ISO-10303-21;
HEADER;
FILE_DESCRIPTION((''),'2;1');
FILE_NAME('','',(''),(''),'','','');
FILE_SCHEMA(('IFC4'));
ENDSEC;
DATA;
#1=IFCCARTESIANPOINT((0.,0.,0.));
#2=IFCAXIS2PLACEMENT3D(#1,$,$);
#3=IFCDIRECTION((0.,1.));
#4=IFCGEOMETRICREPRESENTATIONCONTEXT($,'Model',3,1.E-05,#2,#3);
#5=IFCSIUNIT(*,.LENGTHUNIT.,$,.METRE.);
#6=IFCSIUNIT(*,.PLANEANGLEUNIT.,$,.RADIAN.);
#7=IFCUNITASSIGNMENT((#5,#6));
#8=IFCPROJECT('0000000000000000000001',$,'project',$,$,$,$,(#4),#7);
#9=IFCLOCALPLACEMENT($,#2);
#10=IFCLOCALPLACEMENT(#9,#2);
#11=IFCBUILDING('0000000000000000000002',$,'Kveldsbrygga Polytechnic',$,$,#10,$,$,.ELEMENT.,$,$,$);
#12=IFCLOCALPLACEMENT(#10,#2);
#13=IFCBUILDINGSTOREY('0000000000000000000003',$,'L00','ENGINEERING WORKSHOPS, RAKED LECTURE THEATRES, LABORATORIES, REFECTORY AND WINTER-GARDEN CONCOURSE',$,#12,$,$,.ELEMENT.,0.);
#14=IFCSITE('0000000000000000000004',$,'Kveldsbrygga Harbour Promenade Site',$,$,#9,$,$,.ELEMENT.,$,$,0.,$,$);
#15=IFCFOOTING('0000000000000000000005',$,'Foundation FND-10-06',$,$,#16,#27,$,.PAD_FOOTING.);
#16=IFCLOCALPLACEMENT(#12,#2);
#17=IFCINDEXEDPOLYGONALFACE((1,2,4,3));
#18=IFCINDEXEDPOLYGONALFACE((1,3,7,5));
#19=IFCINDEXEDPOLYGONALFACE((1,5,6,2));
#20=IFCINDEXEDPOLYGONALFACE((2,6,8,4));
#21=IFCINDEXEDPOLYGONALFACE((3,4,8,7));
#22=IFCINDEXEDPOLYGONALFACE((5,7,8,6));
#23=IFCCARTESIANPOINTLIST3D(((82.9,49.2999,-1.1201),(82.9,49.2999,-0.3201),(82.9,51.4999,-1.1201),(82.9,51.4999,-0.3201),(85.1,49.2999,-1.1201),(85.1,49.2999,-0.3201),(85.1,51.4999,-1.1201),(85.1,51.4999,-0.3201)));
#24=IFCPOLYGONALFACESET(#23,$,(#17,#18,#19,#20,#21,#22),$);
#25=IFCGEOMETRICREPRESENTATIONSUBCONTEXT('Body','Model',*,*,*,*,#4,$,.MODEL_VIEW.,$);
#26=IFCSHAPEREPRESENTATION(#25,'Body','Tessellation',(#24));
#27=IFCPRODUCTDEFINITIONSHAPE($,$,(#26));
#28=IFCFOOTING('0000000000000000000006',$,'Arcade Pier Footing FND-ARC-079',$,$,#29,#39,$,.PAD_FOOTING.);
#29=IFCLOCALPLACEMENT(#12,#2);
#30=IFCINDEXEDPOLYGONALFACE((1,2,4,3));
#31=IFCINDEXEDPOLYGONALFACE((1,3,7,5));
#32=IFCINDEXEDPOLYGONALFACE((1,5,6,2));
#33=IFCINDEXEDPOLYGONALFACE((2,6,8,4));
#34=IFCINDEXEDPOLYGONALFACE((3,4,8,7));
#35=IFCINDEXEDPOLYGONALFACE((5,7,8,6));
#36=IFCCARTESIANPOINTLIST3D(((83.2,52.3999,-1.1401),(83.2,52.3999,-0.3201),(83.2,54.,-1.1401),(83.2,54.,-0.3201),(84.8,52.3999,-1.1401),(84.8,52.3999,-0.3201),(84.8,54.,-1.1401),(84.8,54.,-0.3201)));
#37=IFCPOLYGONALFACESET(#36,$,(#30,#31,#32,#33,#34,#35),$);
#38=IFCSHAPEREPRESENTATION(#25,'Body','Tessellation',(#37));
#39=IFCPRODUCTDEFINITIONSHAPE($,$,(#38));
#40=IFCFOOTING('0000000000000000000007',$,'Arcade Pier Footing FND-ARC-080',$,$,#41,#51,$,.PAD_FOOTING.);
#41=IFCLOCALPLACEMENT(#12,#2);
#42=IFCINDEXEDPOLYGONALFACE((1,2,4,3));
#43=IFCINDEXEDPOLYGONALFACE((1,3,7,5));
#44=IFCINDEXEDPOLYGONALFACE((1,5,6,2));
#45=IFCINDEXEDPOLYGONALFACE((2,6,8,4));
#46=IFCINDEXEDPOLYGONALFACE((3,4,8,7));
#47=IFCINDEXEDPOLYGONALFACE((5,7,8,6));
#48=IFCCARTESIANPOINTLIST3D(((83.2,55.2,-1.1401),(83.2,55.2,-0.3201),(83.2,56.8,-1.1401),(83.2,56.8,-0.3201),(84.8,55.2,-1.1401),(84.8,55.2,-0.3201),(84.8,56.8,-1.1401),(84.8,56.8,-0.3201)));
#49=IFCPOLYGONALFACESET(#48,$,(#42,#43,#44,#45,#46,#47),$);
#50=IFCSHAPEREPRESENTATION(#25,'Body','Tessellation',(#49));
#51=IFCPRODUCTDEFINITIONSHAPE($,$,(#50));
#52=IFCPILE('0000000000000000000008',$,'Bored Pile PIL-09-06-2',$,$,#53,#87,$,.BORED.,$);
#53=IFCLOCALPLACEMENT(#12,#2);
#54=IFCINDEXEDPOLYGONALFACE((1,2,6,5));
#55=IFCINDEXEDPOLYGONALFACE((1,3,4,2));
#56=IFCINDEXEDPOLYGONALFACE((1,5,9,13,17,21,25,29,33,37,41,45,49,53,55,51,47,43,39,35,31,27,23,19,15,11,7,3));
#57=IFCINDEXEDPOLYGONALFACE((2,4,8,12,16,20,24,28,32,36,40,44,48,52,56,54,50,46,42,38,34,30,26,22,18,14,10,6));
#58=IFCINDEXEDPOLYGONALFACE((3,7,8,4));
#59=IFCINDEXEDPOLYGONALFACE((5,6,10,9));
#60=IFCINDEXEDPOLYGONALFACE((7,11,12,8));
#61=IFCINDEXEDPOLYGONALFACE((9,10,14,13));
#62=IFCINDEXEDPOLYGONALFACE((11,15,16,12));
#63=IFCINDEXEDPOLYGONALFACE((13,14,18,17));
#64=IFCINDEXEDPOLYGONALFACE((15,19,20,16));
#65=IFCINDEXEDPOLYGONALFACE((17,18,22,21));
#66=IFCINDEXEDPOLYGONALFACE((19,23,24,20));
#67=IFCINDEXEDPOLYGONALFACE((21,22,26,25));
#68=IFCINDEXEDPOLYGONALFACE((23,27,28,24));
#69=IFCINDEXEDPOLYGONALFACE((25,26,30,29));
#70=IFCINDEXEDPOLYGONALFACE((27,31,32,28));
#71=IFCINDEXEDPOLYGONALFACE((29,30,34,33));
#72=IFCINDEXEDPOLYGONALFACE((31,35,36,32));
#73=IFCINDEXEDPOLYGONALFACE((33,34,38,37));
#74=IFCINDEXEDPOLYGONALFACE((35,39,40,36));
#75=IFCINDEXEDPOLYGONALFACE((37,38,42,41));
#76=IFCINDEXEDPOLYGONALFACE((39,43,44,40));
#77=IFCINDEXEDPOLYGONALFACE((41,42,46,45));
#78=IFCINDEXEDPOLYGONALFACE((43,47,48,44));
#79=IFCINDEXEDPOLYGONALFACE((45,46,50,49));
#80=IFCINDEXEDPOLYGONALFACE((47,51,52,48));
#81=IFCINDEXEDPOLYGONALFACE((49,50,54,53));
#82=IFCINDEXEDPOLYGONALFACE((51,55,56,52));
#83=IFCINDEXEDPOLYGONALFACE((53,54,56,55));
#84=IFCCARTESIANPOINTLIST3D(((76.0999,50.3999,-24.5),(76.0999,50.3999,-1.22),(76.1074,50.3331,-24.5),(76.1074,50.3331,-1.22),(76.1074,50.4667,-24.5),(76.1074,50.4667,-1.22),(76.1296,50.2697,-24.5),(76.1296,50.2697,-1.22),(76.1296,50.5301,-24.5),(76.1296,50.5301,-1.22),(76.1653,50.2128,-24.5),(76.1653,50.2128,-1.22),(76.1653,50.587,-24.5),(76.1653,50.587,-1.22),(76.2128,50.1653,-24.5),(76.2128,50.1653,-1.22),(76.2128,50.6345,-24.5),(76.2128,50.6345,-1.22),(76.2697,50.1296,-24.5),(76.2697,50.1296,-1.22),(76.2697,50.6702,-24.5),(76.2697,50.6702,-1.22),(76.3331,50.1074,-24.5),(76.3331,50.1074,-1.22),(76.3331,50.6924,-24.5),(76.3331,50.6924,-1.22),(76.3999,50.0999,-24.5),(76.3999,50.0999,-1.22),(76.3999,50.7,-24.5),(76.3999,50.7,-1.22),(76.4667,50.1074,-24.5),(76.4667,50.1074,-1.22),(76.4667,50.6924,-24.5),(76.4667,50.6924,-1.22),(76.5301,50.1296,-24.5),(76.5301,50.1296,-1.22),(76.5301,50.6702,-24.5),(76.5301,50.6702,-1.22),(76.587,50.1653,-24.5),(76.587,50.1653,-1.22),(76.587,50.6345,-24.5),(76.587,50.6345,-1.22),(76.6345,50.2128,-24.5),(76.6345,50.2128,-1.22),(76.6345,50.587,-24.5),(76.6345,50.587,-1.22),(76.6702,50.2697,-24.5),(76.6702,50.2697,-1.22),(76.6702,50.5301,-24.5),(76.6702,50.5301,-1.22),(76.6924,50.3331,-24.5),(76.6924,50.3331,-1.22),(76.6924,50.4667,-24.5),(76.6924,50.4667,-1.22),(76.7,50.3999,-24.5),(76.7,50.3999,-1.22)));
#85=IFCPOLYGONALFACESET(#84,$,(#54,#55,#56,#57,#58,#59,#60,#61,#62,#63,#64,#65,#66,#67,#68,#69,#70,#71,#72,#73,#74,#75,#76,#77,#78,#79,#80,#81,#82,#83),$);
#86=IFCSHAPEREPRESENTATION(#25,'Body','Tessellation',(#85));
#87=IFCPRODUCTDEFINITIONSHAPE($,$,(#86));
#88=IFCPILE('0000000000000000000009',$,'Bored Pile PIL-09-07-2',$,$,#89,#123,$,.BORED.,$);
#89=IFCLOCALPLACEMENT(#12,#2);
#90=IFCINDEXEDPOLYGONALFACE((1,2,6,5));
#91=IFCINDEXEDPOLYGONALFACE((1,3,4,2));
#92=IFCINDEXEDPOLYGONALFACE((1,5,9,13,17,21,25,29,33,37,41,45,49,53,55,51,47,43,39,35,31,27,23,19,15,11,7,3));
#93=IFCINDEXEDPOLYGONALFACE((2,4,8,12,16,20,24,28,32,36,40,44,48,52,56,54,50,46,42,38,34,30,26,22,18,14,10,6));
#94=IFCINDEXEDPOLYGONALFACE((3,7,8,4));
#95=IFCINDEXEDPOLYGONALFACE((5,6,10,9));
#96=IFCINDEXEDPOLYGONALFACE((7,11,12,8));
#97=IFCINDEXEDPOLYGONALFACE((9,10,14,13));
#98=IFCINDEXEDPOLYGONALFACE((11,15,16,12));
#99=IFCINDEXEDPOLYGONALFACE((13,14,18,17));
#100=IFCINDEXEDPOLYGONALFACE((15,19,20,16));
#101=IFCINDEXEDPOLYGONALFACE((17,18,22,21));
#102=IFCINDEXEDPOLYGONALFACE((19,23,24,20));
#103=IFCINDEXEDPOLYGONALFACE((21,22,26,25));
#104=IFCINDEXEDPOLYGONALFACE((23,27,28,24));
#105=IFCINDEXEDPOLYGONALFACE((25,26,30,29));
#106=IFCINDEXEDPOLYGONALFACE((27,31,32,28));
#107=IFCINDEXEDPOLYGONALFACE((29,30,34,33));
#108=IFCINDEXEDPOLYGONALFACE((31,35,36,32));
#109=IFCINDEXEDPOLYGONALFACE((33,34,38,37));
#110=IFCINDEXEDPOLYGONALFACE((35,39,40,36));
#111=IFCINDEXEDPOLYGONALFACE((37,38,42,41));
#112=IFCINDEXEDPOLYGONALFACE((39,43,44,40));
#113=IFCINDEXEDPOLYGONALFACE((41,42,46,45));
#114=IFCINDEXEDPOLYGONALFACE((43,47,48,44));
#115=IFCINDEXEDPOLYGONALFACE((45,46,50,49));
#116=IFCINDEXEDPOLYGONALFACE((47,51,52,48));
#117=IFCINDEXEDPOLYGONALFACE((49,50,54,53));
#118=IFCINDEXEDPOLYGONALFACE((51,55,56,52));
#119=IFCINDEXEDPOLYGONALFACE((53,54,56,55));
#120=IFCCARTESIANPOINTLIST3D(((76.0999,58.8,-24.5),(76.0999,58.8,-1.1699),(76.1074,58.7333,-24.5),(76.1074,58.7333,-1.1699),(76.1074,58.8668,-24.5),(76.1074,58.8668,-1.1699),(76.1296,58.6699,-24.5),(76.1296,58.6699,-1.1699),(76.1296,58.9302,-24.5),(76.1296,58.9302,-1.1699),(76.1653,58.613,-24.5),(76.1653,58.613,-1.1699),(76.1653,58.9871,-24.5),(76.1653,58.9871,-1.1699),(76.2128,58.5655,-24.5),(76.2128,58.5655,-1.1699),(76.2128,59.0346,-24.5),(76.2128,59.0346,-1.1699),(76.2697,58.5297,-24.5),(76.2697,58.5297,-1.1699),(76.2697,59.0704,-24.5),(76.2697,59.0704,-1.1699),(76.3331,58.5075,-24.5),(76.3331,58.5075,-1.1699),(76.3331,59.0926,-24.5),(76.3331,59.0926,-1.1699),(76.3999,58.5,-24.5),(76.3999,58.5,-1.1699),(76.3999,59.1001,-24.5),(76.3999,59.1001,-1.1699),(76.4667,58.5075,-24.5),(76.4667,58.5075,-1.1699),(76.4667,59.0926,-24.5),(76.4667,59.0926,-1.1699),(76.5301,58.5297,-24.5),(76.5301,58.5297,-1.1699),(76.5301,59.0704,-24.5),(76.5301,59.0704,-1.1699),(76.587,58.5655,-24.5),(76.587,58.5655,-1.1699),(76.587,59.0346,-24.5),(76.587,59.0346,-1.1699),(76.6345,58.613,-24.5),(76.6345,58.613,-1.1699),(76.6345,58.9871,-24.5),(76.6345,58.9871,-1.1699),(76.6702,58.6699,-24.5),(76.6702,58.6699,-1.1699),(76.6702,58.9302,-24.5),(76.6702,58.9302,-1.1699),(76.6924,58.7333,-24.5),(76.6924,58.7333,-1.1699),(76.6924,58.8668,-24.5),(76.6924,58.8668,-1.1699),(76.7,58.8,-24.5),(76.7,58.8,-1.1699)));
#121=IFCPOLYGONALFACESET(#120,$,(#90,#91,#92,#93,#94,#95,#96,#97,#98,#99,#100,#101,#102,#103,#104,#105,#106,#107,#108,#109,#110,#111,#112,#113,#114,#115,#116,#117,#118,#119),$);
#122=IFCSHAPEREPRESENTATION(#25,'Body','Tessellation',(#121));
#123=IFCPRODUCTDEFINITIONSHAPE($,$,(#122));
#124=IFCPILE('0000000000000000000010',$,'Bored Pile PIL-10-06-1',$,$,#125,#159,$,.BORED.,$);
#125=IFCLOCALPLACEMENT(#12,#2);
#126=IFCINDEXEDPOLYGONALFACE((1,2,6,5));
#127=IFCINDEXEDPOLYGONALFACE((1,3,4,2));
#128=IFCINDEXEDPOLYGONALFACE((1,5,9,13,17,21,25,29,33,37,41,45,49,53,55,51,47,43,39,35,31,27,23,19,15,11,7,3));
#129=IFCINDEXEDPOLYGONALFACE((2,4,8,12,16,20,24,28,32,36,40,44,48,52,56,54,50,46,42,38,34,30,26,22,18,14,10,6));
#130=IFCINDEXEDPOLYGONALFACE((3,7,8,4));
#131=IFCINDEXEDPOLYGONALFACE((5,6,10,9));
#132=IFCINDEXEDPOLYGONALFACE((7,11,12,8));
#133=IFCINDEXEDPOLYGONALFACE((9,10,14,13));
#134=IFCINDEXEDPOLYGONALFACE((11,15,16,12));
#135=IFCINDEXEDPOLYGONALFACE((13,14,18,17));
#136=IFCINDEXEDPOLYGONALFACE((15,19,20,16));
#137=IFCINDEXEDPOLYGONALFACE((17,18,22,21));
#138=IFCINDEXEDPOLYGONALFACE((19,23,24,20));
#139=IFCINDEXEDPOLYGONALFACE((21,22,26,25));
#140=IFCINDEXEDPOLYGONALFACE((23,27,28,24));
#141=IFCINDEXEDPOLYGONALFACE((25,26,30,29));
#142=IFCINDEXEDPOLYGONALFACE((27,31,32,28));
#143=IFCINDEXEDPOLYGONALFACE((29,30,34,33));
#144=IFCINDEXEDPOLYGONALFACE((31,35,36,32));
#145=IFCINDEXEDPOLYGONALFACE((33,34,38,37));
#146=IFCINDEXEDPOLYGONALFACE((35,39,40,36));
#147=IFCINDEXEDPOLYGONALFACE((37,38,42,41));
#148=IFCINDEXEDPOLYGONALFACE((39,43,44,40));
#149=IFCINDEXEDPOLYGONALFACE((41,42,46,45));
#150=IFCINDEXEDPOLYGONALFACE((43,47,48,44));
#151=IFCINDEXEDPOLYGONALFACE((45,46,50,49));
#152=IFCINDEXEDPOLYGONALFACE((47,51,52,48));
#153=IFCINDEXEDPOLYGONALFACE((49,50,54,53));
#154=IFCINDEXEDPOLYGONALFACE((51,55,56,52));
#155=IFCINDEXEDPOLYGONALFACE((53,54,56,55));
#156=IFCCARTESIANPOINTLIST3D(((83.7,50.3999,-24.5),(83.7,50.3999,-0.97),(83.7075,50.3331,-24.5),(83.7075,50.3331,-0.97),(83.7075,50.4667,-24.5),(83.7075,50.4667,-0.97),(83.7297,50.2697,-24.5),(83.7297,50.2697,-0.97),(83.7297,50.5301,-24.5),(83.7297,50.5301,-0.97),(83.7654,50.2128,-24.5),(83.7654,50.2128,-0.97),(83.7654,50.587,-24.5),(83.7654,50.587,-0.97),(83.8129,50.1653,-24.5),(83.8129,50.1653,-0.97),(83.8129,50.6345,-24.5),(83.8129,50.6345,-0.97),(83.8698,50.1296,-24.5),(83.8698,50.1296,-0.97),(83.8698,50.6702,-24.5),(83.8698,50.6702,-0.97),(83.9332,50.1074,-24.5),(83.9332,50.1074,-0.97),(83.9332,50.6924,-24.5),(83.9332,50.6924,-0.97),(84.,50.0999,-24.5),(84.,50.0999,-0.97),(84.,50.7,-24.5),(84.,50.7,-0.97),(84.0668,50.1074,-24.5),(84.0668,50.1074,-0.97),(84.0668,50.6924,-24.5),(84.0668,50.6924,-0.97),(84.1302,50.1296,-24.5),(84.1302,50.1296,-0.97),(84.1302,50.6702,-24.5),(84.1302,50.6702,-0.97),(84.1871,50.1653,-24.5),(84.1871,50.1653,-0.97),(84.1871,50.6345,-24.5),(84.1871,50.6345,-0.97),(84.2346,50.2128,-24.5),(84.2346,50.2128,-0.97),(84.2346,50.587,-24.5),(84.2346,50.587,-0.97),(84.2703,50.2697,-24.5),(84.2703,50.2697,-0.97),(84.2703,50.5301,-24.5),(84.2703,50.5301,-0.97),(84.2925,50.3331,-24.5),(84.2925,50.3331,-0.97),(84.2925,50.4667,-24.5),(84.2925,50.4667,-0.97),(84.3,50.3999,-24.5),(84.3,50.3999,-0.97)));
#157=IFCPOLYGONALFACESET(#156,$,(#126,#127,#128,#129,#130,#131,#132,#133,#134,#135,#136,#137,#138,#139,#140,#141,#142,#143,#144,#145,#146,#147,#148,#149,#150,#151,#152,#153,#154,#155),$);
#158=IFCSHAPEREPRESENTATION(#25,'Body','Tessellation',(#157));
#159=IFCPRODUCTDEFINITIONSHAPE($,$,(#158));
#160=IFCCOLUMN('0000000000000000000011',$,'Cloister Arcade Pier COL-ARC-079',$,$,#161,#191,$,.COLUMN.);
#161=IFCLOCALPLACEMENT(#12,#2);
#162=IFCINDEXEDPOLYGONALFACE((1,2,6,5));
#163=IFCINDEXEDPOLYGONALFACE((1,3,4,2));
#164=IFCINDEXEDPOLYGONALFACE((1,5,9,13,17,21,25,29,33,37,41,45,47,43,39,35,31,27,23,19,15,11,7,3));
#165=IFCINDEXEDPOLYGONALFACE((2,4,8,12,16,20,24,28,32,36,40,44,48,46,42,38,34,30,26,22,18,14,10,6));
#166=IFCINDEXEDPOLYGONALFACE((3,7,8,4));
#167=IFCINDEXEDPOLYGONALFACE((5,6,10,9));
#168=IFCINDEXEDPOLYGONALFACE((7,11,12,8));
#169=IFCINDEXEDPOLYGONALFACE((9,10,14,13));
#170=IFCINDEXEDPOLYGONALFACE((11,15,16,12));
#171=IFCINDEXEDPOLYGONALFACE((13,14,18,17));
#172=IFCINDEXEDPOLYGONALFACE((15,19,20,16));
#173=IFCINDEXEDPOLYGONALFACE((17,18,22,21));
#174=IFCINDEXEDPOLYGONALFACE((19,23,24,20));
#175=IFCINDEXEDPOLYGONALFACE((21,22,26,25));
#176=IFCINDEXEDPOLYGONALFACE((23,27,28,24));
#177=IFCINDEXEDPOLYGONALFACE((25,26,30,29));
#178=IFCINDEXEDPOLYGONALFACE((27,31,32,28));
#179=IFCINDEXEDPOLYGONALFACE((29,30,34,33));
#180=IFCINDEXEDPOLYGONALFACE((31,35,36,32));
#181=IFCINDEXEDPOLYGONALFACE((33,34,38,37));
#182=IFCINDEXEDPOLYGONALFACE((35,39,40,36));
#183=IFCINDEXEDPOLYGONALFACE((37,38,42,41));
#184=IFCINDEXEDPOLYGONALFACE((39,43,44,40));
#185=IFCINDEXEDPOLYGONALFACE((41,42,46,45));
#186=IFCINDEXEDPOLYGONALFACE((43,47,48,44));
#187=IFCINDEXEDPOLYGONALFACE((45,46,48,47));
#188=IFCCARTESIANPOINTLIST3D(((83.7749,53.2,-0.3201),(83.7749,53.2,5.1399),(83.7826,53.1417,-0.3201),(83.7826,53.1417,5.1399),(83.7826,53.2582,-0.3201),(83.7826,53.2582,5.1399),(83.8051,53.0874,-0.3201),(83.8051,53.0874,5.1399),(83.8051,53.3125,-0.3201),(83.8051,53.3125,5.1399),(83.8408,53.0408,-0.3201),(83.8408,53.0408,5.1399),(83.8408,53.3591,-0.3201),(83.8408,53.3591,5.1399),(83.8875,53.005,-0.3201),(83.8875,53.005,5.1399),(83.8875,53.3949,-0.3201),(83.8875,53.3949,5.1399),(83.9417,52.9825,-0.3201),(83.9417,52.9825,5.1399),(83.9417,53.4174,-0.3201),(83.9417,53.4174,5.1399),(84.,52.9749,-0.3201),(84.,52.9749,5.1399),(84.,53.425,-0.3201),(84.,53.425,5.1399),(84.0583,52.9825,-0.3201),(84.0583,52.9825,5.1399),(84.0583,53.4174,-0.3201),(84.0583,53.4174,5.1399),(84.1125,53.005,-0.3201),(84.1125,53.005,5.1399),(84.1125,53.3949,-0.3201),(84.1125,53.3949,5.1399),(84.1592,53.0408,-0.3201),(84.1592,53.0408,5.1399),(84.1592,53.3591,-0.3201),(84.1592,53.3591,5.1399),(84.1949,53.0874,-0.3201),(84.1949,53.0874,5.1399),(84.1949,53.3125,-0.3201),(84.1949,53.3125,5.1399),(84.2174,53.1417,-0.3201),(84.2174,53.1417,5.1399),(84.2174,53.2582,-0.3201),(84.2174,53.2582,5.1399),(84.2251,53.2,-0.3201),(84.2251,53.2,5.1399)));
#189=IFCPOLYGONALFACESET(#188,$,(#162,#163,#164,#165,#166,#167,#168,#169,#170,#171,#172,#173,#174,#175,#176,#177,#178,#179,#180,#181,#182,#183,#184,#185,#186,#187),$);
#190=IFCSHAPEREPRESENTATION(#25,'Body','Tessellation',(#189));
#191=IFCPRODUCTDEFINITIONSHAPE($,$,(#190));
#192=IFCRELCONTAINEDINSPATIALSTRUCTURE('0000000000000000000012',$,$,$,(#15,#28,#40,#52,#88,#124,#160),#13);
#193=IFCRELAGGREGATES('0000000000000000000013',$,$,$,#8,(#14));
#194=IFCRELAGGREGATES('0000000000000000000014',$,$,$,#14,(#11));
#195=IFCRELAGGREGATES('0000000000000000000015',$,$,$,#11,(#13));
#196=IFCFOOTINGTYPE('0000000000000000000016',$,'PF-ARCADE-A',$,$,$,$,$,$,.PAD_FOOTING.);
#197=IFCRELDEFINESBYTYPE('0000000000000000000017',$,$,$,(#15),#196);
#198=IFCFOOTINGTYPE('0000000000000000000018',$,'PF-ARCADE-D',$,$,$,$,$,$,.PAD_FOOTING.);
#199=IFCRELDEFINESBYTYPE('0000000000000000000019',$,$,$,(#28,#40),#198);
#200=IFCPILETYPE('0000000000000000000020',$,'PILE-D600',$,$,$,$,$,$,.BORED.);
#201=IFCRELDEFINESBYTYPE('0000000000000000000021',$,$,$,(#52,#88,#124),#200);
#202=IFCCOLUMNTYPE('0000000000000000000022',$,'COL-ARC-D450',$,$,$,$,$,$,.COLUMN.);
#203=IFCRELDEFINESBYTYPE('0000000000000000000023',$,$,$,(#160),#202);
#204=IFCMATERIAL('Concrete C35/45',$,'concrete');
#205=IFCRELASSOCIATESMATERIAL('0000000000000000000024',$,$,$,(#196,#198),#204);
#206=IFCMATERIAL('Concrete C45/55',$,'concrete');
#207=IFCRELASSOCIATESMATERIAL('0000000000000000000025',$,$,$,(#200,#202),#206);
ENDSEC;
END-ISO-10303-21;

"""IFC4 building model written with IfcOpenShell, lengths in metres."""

from ifc_helpers import new_model, si_unit, direction, frame, origin, origin_2d, place, context, subcontext, project, spatial, rectangle, circle, extrude, material, material_profile, profile_set, type_object, element, save


model = new_model("IFC4")

# Units and contexts
model_context = context("Model", 3, precision=1e-05, world=origin(), true_north=direction((0.0, 1.0)))
body_context = subcontext(model_context, "Body", "Model", "MODEL_VIEW")
ifc_project = project(units=[si_unit("LENGTHUNIT", "METRE"), si_unit("PLANEANGLEUNIT", "RADIAN")], contexts=[model_context])

# Site, building, storey
site_placement = place(None, origin())
site = spatial("IfcSite", under=ifc_project, at=site_placement, Name="Kveldsbrygga Harbour Promenade Site", CompositionType="ELEMENT", RefElevation=0.0)
building_placement = place(site_placement, origin())
building = spatial("IfcBuilding", under=site, at=building_placement, Name="Kveldsbrygga Polytechnic", CompositionType="ELEMENT")
storey_placement = place(building_placement, origin())
storey = spatial("IfcBuildingStorey", under=building, at=storey_placement, Name="L00", Description="ENGINEERING WORKSHOPS, RAKED LECTURE THEATRES, LABORATORIES, REFECTORY AND WINTER-GARDEN CONCOURSE", CompositionType="ELEMENT", Elevation=0.0)

# Footings
ifc_material_1 = material(Name="Concrete C35/45", Category="concrete")
footing_type_1 = type_object("IfcFootingType", Name="PF-ARCADE-A", PredefinedType="PAD_FOOTING", material=ifc_material_1)
footing_placement = place(storey_placement, frame((84.0, 50.3999, -1.1201), z_axis=(0.0, 0.0, 1.0), x_axis=(1.0, 0.0, 0.0)))
element("IfcFooting", 1, at=footing_placement, inside=storey, type_object=footing_type_1, Name="Foundation FND-10-06", PredefinedType="PAD_FOOTING", context=body_context, shape_type="SweptSolid", body=[
    extrude(rectangle(XDim=2.2, YDim=2.2, at=origin_2d()), origin(), (0.0, 0.0, 1.0), 0.8),
])
footing_type_2 = type_object("IfcFootingType", Name="PF-ARCADE-D", PredefinedType="PAD_FOOTING", material=ifc_material_1)
for number, where, z_axis, x_axis, name in (
    (2, (84.0, 53.2, -1.1401), (0.0, 0.0, 1.0), (1.0, 0.0, 0.0), "Arcade Pier Footing FND-ARC-079"),
    (3, (84.0, 56.0, -1.1401), (0.0, 0.0, 1.0), (1.0, 0.0, 0.0), "Arcade Pier Footing FND-ARC-080"),
):
    element("IfcFooting", number, at=place(storey_placement, frame(where, z_axis=z_axis, x_axis=x_axis)), inside=storey, type_object=footing_type_2, Name=name, PredefinedType="PAD_FOOTING", context=body_context, shape_type="SweptSolid", body=[
        extrude(rectangle(XDim=1.6001, YDim=1.6001, at=origin_2d()), origin(), (0.0, 0.0, 1.0), 0.8201),
    ])

# Piles
ifc_material_2 = material(Name="Concrete C45/55", Category="concrete")
ifc_material_profile_1 = material_profile(ifc_material_2, circle(Radius=0.3, at=origin_2d()), Name="PILE D600")
ifc_profile_set_1 = profile_set([ifc_material_profile_1], Name="Concrete C45/55")
pile_type = type_object("IfcPileType", Name="PILE-D600", PredefinedType="BORED", material=ifc_profile_set_1)
pile_1_placement = place(storey_placement, frame((76.3999, 50.3999, -1.22), z_axis=(0.0, 0.0, -1.0), x_axis=(1.0, 0.0, 0.0)))
element("IfcPile", 4, at=pile_1_placement, inside=storey, type_object=pile_type, Name="Bored Pile PIL-09-06-2", PredefinedType="BORED", context=body_context, shape_type="SweptSolid", body=[
    extrude(circle(Radius=0.3, at=origin_2d()), origin(), (0.0, 0.0, 1.0), 23.28),
])
pile_2_placement = place(storey_placement, frame((76.3999, 58.8, -1.1699), z_axis=(0.0, 0.0, -1.0), x_axis=(1.0, 0.0, 0.0)))
element("IfcPile", 5, at=pile_2_placement, inside=storey, type_object=pile_type, Name="Bored Pile PIL-09-07-2", PredefinedType="BORED", context=body_context, shape_type="SweptSolid", body=[
    extrude(circle(Radius=0.3, at=origin_2d()), origin(), (0.0, 0.0, 1.0), 23.3301),
])
pile_3_placement = place(storey_placement, frame((84.0, 50.3999, -0.97), z_axis=(0.0, 0.0, -1.0), x_axis=(1.0, 0.0, 0.0)))
element("IfcPile", 6, at=pile_3_placement, inside=storey, type_object=pile_type, Name="Bored Pile PIL-10-06-1", PredefinedType="BORED", context=body_context, shape_type="SweptSolid", body=[
    extrude(circle(Radius=0.3, at=origin_2d()), origin(), (0.0, 0.0, 1.0), 23.53),
])

# Column
ifc_material_profile_2 = material_profile(ifc_material_2, circle(Radius=0.2251, at=origin_2d()), Name="RC D450")
ifc_profile_set_2 = profile_set([ifc_material_profile_2], Name="Concrete C45/55")
column_type_1 = type_object("IfcColumnType", Name="COL-ARC-D450", PredefinedType="COLUMN", material=ifc_profile_set_2)
for number, where, z_axis, x_axis, name in (
    (7, (84.0, 53.2, -0.3201), (0.0, 0.0, 1.0), (1.0, 0.0, 0.0), "Cloister Arcade Pier COL-ARC-079"),
):
    element("IfcColumn", number, at=place(storey_placement, frame(where, z_axis=z_axis, x_axis=x_axis)), inside=storey, type_object=column_type_1, Name=name, PredefinedType="COLUMN", context=body_context, shape_type="SweptSolid", body=[
        extrude(circle(Radius=0.2251, at=origin_2d()), origin(), (0.0, 0.0, 1.0), 5.46),
    ])

save(model, "model.ifc")
